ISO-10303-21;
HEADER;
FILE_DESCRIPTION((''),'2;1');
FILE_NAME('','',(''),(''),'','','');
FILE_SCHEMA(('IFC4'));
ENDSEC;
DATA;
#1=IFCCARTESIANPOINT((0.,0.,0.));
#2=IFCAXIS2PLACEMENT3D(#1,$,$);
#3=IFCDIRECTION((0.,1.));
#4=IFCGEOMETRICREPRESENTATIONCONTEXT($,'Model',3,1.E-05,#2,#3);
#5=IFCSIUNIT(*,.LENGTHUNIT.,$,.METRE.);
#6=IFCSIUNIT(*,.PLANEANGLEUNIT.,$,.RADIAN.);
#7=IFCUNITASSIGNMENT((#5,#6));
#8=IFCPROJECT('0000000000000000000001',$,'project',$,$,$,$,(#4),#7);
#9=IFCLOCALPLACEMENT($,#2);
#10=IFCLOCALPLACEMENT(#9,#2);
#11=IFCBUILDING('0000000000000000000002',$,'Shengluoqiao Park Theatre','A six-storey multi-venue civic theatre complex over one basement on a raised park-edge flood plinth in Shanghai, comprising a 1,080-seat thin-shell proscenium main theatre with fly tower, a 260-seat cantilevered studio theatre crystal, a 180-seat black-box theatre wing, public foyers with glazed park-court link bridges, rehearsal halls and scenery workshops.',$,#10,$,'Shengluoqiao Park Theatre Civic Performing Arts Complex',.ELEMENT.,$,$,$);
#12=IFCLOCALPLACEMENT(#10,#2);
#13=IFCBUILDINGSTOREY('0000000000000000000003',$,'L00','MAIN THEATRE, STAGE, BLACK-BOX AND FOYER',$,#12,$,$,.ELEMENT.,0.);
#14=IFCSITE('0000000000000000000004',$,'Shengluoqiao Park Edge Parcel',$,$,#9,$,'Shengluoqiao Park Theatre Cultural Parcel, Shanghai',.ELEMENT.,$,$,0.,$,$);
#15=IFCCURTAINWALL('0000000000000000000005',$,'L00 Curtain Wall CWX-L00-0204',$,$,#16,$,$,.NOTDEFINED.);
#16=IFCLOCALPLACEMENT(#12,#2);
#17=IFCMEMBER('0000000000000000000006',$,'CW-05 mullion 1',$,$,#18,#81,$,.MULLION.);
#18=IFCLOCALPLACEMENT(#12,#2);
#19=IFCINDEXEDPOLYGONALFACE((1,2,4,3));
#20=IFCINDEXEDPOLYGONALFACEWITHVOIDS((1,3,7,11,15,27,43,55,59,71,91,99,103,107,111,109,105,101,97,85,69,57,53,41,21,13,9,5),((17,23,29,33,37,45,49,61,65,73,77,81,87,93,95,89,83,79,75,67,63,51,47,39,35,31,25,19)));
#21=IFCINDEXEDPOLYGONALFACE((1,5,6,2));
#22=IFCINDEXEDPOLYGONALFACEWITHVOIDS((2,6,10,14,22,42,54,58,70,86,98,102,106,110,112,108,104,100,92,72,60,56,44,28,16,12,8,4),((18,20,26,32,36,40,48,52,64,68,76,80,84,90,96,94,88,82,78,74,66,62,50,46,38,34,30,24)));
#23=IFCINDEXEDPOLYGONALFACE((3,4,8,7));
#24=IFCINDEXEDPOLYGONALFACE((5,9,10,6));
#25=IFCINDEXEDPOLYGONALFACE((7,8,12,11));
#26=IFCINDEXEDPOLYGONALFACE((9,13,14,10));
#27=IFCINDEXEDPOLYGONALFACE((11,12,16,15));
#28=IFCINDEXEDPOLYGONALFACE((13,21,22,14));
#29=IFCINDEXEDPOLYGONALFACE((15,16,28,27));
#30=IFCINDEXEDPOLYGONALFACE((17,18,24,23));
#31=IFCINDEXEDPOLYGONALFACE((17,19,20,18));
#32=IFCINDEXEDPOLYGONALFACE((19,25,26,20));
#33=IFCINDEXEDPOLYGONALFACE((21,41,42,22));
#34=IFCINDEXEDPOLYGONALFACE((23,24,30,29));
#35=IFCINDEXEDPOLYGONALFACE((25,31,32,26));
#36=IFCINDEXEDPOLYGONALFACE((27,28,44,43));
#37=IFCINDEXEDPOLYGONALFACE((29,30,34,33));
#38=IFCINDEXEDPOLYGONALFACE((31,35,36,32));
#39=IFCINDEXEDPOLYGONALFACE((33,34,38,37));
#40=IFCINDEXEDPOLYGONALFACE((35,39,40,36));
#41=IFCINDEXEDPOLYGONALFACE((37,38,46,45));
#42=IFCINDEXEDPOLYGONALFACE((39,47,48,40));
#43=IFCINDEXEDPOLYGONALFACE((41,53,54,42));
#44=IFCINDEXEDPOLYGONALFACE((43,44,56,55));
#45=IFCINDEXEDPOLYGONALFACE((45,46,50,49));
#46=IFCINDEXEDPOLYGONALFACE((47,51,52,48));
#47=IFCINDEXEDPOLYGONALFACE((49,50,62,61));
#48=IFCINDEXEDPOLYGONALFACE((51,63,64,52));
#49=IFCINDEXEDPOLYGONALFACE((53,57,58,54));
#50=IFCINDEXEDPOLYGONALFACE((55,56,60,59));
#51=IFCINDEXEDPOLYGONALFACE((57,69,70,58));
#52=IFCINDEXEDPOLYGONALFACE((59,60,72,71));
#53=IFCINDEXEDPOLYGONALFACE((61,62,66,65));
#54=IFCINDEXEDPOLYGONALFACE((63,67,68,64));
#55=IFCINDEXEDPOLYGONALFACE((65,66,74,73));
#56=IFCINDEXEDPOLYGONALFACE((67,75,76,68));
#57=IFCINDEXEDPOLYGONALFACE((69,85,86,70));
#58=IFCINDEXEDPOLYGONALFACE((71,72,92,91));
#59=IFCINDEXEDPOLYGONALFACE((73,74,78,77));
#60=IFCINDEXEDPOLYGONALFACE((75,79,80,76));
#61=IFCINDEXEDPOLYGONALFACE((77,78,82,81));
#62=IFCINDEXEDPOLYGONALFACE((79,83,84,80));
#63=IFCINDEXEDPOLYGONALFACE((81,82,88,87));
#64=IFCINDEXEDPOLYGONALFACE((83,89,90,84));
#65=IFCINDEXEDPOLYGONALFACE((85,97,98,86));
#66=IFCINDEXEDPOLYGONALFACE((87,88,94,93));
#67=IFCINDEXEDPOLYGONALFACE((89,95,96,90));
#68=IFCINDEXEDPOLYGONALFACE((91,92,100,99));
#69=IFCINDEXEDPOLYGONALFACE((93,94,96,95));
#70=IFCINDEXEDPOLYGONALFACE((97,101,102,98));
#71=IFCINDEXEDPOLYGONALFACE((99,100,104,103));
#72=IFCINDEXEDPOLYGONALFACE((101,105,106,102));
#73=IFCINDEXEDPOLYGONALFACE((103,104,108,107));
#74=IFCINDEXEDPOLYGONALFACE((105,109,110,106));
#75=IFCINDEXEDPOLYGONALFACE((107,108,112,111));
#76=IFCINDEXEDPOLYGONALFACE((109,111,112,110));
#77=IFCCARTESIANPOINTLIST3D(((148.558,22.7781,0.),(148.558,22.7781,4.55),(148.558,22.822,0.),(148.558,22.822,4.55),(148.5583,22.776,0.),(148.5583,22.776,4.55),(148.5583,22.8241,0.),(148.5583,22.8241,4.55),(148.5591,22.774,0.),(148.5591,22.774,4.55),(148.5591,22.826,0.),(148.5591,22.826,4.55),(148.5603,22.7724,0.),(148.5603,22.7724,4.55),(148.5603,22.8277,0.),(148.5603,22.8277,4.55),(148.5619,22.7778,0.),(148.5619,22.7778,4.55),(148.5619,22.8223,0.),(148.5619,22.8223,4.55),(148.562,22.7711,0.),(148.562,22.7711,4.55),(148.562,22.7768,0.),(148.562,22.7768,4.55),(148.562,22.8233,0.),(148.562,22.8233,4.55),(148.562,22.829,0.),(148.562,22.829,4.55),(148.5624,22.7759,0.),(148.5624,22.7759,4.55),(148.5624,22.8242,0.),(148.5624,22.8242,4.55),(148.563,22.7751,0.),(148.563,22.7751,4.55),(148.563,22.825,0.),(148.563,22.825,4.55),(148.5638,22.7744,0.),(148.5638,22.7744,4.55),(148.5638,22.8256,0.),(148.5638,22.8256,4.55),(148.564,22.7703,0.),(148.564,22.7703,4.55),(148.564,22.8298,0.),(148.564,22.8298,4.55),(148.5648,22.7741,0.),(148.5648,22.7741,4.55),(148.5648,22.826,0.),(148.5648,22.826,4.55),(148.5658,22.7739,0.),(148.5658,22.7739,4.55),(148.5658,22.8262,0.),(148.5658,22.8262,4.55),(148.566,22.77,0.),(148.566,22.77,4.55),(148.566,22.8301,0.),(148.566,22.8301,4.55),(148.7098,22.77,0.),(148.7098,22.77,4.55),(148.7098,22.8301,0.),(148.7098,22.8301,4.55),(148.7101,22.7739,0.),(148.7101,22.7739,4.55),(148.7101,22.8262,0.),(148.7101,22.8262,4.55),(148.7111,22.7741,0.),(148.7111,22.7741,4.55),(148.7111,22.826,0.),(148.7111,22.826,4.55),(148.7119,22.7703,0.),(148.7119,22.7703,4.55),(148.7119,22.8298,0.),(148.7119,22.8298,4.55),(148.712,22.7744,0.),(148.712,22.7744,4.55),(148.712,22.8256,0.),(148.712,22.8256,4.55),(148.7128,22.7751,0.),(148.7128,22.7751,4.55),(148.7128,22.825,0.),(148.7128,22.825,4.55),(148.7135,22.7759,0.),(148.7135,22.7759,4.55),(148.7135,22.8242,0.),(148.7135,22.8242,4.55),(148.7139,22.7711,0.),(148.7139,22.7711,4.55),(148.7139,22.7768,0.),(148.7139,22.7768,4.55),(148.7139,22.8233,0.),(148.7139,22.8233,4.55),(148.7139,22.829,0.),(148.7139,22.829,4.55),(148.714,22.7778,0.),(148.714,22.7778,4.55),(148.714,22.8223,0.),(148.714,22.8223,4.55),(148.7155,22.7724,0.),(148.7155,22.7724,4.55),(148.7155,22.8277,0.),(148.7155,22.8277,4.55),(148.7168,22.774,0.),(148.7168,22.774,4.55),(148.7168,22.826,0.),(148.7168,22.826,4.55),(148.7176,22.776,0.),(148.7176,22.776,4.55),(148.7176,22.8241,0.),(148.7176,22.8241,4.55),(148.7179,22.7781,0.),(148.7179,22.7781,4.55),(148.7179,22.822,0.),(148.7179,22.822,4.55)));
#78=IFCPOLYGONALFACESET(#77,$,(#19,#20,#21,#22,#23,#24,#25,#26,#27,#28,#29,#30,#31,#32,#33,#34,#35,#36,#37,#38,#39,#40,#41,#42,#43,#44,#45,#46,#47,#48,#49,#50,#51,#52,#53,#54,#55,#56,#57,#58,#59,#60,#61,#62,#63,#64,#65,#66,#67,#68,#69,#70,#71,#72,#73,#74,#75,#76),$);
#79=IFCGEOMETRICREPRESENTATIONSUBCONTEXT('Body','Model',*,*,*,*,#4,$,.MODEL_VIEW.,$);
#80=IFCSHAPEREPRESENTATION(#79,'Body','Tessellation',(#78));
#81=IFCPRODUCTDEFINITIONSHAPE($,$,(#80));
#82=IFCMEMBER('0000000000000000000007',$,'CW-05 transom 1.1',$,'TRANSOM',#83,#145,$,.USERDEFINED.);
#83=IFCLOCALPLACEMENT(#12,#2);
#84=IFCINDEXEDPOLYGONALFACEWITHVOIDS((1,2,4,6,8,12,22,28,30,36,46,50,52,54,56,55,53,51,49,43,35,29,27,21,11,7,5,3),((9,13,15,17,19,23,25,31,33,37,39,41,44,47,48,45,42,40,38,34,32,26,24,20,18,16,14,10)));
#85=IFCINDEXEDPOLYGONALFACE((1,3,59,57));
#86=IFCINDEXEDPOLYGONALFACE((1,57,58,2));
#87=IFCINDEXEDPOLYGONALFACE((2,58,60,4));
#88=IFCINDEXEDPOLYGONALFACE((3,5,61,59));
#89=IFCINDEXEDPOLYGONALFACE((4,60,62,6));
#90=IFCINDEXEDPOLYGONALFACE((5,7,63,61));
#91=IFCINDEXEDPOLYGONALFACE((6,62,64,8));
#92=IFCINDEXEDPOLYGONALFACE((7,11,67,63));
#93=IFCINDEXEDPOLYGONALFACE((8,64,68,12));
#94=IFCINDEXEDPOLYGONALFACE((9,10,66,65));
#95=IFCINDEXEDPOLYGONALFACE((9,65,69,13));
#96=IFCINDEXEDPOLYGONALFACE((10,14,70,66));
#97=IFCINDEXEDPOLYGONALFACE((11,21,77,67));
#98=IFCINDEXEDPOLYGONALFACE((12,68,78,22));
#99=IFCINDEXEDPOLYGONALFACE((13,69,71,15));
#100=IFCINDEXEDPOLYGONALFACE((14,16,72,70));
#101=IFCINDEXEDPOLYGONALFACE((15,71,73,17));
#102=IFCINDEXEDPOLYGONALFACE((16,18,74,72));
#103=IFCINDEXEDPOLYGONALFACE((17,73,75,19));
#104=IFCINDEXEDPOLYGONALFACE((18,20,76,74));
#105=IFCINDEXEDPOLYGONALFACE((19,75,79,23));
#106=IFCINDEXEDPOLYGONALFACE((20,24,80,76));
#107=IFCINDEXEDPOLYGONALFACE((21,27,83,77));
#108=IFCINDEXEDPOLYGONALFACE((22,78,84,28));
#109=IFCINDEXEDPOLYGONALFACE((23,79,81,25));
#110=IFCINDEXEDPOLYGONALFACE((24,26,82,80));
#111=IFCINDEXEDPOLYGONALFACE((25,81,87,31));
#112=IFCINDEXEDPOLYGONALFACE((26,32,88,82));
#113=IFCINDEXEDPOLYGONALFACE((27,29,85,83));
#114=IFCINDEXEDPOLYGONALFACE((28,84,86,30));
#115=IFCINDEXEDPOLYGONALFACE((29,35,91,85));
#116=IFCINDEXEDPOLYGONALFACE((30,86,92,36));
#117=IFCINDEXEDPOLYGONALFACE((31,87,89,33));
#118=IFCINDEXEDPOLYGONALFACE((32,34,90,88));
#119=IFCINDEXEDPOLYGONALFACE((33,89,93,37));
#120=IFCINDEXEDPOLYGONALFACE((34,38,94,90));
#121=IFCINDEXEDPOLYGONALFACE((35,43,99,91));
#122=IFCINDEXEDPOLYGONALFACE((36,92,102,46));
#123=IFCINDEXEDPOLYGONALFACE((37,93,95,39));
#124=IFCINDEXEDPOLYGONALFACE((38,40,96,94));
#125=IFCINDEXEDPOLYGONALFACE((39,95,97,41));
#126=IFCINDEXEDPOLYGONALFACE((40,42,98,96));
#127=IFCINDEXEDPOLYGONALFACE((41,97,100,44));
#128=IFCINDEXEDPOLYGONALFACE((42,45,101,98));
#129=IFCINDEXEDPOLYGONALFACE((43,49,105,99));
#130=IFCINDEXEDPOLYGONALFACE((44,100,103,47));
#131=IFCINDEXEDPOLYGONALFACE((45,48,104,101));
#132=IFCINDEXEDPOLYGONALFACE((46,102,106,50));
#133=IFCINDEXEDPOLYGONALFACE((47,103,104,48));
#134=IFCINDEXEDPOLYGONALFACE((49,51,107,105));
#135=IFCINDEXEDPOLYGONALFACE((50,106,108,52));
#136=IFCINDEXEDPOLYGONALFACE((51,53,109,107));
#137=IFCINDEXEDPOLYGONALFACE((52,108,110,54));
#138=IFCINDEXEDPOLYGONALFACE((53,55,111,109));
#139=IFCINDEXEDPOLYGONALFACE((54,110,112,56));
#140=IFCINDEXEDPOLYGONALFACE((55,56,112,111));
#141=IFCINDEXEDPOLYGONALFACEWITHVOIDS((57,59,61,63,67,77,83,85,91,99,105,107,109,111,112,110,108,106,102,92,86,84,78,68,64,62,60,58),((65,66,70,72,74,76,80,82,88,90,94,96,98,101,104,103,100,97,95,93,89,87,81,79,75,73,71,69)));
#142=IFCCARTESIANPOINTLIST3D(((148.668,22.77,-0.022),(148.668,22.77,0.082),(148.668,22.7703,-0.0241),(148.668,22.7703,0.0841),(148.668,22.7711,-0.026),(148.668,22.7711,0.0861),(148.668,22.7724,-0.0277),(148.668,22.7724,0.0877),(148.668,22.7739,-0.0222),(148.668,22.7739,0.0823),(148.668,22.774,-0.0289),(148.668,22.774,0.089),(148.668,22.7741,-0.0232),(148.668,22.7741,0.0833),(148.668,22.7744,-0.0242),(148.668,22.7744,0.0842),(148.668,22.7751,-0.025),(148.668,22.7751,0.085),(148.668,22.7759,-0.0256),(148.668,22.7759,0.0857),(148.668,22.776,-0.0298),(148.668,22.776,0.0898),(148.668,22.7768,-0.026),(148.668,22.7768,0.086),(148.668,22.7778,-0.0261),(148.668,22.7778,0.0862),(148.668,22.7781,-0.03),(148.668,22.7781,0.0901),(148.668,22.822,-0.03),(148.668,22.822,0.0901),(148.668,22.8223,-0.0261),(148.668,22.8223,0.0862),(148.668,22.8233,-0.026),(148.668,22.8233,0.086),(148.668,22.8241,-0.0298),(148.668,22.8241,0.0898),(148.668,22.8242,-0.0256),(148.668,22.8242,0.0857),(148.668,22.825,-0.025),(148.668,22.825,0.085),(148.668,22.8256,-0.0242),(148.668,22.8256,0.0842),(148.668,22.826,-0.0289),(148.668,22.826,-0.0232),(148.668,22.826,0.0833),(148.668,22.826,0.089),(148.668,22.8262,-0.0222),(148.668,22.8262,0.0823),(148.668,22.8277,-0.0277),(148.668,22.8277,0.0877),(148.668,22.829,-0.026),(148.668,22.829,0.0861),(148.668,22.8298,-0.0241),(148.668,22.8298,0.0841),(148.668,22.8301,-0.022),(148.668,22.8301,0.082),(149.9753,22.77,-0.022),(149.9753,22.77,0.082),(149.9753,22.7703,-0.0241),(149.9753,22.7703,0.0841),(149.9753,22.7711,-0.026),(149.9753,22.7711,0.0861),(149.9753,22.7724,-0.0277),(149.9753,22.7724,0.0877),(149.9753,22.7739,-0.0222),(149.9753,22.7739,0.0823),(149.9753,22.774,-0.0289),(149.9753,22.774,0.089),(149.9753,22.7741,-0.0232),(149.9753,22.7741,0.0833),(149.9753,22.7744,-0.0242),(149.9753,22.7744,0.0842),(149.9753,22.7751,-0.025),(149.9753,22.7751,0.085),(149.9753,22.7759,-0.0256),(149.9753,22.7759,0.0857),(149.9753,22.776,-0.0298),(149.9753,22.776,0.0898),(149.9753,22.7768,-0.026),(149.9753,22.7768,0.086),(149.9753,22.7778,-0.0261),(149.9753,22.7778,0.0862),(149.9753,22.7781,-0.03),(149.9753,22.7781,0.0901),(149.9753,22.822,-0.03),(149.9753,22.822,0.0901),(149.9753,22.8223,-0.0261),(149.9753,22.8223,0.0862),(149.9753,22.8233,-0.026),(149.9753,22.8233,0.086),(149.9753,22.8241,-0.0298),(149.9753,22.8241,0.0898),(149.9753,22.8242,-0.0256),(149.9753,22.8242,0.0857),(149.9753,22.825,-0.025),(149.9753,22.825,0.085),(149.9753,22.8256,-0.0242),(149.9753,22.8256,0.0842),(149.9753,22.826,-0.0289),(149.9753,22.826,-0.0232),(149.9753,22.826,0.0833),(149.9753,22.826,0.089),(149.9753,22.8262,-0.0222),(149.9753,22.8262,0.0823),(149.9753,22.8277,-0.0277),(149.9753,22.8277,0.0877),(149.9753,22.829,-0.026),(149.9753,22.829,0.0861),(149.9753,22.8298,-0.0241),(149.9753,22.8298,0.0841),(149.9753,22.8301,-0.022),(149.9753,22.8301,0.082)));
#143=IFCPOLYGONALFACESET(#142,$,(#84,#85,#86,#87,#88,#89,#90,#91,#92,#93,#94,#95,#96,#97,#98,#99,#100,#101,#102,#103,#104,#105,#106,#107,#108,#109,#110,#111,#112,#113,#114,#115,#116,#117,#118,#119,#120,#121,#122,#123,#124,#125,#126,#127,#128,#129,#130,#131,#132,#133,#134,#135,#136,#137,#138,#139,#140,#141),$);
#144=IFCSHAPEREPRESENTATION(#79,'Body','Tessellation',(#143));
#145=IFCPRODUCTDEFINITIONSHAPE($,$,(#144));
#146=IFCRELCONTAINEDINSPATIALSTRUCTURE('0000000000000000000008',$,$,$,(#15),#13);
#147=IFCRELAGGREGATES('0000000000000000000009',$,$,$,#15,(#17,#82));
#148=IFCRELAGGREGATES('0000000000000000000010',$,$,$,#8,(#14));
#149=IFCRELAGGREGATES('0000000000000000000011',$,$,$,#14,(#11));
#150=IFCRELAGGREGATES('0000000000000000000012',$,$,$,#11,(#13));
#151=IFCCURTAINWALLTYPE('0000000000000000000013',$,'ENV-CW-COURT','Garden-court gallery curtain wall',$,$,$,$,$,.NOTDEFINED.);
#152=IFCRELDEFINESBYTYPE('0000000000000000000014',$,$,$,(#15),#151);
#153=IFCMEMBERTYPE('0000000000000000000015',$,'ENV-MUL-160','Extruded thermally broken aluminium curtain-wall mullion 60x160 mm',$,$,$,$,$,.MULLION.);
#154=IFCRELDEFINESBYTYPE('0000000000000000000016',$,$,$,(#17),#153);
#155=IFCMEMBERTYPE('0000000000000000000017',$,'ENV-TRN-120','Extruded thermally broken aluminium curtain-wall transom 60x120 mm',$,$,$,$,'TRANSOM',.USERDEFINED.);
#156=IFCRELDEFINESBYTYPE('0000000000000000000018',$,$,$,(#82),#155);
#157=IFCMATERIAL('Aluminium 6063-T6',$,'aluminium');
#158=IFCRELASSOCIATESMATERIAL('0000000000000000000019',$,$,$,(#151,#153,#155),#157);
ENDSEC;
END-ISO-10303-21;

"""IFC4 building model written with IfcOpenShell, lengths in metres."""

from ifc_helpers import new_model, si_unit, direction, frame, origin, origin_2d, place, context, subcontext, project, spatial, hollow_rectangle, extrude, material, material_profile, profile_set, type_object, element, aggregate, save


model = new_model("IFC4")

# Units and contexts
model_context = context("Model", 3, precision=1e-05, world=origin(), true_north=direction((0.0, 1.0)))
body_context = subcontext(model_context, "Body", "Model", "MODEL_VIEW")
ifc_project = project(units=[si_unit("LENGTHUNIT", "METRE"), si_unit("PLANEANGLEUNIT", "RADIAN")], contexts=[model_context])

# Site, building, storey
site_placement = place(None, origin())
site = spatial("IfcSite", under=ifc_project, at=site_placement, Name="Shengluoqiao Park Edge Parcel", LongName="Shengluoqiao Park Theatre Cultural Parcel, Shanghai", CompositionType="ELEMENT", RefElevation=0.0)
building_placement = place(site_placement, origin())
building = spatial("IfcBuilding", under=site, at=building_placement, Name="Shengluoqiao Park Theatre", Description="A six-storey multi-venue civic theatre complex over one basement on a raised park-edge flood plinth in Shanghai, comprising a 1,080-seat thin-shell proscenium main theatre with fly tower, a 260-seat cantilevered studio theatre crystal, a 180-seat black-box theatre wing, public foyers with glazed park-court link bridges, rehearsal halls and scenery workshops.", LongName="Shengluoqiao Park Theatre Civic Performing Arts Complex", CompositionType="ELEMENT")
storey_placement = place(building_placement, origin())
storey = spatial("IfcBuildingStorey", under=building, at=storey_placement, Name="L00", Description="MAIN THEATRE, STAGE, BLACK-BOX AND FOYER", CompositionType="ELEMENT", Elevation=0.0)

# Curtain wall, members
ifc_material_1 = material(Name="Aluminium 6063-T6", Category="aluminium")
curtain_wall_type = type_object("IfcCurtainWallType", Name="ENV-CW-COURT", Description="Garden-court gallery curtain wall", PredefinedType="NOTDEFINED", material=ifc_material_1)
curtain_wall_placement = place(storey_placement, origin())
curtain_wall = element("IfcCurtainWall", 1, at=curtain_wall_placement, inside=storey, type_object=curtain_wall_type, Name="L00 Curtain Wall CWX-L00-0204", PredefinedType="NOTDEFINED")
ifc_material_profile_1 = material_profile(ifc_material_1, hollow_rectangle(XDim=0.0601, YDim=0.1599, WallThickness=0.0039, InnerFilletRadius=0.0039, OuterFilletRadius=0.0081, at=origin_2d()), Name="ALU MULLION 160x60x4")
ifc_profile_set_1 = profile_set([ifc_material_profile_1], Name="Aluminium 6063-T6")
member_type_1 = type_object("IfcMemberType", Name="ENV-MUL-160", Description="Extruded thermally broken aluminium curtain-wall mullion 60x160 mm", PredefinedType="MULLION", material=ifc_profile_set_1)
member_1_placement = place(storey_placement, frame((148.6379, 22.8, 0.0), z_axis=(0.0, 0.0, 1.0), x_axis=(0.0, 1.0, 0.0)))
member_1 = element("IfcMember", 2, at=member_1_placement, type_object=member_type_1, Name="CW-05 mullion 1", PredefinedType="MULLION", context=body_context, shape_type="SweptSolid", body=[
    extrude(hollow_rectangle(XDim=0.0601, YDim=0.1599, WallThickness=0.0039, InnerFilletRadius=0.0039, OuterFilletRadius=0.0081, at=origin_2d()), origin(), (0.0, 0.0, 1.0), 4.55),
])
ifc_material_profile_2 = material_profile(ifc_material_1, hollow_rectangle(XDim=0.0601, YDim=0.1201, WallThickness=0.0039, InnerFilletRadius=0.0039, OuterFilletRadius=0.0081, at=origin_2d()), Name="ALU TRANSOM 120x60x4")
ifc_profile_set_2 = profile_set([ifc_material_profile_2], Name="Aluminium 6063-T6")
member_type_2 = type_object("IfcMemberType", Name="ENV-TRN-120", Description="Extruded thermally broken aluminium curtain-wall transom 60x120 mm", ElementType="TRANSOM", PredefinedType="USERDEFINED", material=ifc_profile_set_2)
member_2_placement = place(storey_placement, frame((148.668, 22.8, 0.03), z_axis=(1.0, 0.0, 0.0), x_axis=(0.0, 1.0, 0.0)))
member_2 = element("IfcMember", 3, at=member_2_placement, type_object=member_type_2, Name="CW-05 transom 1.1", ObjectType="TRANSOM", PredefinedType="USERDEFINED", context=body_context, shape_type="SweptSolid", body=[
    extrude(hollow_rectangle(XDim=0.0601, YDim=0.1201, WallThickness=0.0039, InnerFilletRadius=0.0039, OuterFilletRadius=0.0081, at=origin_2d()), origin(), (0.0, 0.0, 1.0), 1.3074),
])
aggregate(curtain_wall, [member_1, member_2])

save(model, "model.ifc")
